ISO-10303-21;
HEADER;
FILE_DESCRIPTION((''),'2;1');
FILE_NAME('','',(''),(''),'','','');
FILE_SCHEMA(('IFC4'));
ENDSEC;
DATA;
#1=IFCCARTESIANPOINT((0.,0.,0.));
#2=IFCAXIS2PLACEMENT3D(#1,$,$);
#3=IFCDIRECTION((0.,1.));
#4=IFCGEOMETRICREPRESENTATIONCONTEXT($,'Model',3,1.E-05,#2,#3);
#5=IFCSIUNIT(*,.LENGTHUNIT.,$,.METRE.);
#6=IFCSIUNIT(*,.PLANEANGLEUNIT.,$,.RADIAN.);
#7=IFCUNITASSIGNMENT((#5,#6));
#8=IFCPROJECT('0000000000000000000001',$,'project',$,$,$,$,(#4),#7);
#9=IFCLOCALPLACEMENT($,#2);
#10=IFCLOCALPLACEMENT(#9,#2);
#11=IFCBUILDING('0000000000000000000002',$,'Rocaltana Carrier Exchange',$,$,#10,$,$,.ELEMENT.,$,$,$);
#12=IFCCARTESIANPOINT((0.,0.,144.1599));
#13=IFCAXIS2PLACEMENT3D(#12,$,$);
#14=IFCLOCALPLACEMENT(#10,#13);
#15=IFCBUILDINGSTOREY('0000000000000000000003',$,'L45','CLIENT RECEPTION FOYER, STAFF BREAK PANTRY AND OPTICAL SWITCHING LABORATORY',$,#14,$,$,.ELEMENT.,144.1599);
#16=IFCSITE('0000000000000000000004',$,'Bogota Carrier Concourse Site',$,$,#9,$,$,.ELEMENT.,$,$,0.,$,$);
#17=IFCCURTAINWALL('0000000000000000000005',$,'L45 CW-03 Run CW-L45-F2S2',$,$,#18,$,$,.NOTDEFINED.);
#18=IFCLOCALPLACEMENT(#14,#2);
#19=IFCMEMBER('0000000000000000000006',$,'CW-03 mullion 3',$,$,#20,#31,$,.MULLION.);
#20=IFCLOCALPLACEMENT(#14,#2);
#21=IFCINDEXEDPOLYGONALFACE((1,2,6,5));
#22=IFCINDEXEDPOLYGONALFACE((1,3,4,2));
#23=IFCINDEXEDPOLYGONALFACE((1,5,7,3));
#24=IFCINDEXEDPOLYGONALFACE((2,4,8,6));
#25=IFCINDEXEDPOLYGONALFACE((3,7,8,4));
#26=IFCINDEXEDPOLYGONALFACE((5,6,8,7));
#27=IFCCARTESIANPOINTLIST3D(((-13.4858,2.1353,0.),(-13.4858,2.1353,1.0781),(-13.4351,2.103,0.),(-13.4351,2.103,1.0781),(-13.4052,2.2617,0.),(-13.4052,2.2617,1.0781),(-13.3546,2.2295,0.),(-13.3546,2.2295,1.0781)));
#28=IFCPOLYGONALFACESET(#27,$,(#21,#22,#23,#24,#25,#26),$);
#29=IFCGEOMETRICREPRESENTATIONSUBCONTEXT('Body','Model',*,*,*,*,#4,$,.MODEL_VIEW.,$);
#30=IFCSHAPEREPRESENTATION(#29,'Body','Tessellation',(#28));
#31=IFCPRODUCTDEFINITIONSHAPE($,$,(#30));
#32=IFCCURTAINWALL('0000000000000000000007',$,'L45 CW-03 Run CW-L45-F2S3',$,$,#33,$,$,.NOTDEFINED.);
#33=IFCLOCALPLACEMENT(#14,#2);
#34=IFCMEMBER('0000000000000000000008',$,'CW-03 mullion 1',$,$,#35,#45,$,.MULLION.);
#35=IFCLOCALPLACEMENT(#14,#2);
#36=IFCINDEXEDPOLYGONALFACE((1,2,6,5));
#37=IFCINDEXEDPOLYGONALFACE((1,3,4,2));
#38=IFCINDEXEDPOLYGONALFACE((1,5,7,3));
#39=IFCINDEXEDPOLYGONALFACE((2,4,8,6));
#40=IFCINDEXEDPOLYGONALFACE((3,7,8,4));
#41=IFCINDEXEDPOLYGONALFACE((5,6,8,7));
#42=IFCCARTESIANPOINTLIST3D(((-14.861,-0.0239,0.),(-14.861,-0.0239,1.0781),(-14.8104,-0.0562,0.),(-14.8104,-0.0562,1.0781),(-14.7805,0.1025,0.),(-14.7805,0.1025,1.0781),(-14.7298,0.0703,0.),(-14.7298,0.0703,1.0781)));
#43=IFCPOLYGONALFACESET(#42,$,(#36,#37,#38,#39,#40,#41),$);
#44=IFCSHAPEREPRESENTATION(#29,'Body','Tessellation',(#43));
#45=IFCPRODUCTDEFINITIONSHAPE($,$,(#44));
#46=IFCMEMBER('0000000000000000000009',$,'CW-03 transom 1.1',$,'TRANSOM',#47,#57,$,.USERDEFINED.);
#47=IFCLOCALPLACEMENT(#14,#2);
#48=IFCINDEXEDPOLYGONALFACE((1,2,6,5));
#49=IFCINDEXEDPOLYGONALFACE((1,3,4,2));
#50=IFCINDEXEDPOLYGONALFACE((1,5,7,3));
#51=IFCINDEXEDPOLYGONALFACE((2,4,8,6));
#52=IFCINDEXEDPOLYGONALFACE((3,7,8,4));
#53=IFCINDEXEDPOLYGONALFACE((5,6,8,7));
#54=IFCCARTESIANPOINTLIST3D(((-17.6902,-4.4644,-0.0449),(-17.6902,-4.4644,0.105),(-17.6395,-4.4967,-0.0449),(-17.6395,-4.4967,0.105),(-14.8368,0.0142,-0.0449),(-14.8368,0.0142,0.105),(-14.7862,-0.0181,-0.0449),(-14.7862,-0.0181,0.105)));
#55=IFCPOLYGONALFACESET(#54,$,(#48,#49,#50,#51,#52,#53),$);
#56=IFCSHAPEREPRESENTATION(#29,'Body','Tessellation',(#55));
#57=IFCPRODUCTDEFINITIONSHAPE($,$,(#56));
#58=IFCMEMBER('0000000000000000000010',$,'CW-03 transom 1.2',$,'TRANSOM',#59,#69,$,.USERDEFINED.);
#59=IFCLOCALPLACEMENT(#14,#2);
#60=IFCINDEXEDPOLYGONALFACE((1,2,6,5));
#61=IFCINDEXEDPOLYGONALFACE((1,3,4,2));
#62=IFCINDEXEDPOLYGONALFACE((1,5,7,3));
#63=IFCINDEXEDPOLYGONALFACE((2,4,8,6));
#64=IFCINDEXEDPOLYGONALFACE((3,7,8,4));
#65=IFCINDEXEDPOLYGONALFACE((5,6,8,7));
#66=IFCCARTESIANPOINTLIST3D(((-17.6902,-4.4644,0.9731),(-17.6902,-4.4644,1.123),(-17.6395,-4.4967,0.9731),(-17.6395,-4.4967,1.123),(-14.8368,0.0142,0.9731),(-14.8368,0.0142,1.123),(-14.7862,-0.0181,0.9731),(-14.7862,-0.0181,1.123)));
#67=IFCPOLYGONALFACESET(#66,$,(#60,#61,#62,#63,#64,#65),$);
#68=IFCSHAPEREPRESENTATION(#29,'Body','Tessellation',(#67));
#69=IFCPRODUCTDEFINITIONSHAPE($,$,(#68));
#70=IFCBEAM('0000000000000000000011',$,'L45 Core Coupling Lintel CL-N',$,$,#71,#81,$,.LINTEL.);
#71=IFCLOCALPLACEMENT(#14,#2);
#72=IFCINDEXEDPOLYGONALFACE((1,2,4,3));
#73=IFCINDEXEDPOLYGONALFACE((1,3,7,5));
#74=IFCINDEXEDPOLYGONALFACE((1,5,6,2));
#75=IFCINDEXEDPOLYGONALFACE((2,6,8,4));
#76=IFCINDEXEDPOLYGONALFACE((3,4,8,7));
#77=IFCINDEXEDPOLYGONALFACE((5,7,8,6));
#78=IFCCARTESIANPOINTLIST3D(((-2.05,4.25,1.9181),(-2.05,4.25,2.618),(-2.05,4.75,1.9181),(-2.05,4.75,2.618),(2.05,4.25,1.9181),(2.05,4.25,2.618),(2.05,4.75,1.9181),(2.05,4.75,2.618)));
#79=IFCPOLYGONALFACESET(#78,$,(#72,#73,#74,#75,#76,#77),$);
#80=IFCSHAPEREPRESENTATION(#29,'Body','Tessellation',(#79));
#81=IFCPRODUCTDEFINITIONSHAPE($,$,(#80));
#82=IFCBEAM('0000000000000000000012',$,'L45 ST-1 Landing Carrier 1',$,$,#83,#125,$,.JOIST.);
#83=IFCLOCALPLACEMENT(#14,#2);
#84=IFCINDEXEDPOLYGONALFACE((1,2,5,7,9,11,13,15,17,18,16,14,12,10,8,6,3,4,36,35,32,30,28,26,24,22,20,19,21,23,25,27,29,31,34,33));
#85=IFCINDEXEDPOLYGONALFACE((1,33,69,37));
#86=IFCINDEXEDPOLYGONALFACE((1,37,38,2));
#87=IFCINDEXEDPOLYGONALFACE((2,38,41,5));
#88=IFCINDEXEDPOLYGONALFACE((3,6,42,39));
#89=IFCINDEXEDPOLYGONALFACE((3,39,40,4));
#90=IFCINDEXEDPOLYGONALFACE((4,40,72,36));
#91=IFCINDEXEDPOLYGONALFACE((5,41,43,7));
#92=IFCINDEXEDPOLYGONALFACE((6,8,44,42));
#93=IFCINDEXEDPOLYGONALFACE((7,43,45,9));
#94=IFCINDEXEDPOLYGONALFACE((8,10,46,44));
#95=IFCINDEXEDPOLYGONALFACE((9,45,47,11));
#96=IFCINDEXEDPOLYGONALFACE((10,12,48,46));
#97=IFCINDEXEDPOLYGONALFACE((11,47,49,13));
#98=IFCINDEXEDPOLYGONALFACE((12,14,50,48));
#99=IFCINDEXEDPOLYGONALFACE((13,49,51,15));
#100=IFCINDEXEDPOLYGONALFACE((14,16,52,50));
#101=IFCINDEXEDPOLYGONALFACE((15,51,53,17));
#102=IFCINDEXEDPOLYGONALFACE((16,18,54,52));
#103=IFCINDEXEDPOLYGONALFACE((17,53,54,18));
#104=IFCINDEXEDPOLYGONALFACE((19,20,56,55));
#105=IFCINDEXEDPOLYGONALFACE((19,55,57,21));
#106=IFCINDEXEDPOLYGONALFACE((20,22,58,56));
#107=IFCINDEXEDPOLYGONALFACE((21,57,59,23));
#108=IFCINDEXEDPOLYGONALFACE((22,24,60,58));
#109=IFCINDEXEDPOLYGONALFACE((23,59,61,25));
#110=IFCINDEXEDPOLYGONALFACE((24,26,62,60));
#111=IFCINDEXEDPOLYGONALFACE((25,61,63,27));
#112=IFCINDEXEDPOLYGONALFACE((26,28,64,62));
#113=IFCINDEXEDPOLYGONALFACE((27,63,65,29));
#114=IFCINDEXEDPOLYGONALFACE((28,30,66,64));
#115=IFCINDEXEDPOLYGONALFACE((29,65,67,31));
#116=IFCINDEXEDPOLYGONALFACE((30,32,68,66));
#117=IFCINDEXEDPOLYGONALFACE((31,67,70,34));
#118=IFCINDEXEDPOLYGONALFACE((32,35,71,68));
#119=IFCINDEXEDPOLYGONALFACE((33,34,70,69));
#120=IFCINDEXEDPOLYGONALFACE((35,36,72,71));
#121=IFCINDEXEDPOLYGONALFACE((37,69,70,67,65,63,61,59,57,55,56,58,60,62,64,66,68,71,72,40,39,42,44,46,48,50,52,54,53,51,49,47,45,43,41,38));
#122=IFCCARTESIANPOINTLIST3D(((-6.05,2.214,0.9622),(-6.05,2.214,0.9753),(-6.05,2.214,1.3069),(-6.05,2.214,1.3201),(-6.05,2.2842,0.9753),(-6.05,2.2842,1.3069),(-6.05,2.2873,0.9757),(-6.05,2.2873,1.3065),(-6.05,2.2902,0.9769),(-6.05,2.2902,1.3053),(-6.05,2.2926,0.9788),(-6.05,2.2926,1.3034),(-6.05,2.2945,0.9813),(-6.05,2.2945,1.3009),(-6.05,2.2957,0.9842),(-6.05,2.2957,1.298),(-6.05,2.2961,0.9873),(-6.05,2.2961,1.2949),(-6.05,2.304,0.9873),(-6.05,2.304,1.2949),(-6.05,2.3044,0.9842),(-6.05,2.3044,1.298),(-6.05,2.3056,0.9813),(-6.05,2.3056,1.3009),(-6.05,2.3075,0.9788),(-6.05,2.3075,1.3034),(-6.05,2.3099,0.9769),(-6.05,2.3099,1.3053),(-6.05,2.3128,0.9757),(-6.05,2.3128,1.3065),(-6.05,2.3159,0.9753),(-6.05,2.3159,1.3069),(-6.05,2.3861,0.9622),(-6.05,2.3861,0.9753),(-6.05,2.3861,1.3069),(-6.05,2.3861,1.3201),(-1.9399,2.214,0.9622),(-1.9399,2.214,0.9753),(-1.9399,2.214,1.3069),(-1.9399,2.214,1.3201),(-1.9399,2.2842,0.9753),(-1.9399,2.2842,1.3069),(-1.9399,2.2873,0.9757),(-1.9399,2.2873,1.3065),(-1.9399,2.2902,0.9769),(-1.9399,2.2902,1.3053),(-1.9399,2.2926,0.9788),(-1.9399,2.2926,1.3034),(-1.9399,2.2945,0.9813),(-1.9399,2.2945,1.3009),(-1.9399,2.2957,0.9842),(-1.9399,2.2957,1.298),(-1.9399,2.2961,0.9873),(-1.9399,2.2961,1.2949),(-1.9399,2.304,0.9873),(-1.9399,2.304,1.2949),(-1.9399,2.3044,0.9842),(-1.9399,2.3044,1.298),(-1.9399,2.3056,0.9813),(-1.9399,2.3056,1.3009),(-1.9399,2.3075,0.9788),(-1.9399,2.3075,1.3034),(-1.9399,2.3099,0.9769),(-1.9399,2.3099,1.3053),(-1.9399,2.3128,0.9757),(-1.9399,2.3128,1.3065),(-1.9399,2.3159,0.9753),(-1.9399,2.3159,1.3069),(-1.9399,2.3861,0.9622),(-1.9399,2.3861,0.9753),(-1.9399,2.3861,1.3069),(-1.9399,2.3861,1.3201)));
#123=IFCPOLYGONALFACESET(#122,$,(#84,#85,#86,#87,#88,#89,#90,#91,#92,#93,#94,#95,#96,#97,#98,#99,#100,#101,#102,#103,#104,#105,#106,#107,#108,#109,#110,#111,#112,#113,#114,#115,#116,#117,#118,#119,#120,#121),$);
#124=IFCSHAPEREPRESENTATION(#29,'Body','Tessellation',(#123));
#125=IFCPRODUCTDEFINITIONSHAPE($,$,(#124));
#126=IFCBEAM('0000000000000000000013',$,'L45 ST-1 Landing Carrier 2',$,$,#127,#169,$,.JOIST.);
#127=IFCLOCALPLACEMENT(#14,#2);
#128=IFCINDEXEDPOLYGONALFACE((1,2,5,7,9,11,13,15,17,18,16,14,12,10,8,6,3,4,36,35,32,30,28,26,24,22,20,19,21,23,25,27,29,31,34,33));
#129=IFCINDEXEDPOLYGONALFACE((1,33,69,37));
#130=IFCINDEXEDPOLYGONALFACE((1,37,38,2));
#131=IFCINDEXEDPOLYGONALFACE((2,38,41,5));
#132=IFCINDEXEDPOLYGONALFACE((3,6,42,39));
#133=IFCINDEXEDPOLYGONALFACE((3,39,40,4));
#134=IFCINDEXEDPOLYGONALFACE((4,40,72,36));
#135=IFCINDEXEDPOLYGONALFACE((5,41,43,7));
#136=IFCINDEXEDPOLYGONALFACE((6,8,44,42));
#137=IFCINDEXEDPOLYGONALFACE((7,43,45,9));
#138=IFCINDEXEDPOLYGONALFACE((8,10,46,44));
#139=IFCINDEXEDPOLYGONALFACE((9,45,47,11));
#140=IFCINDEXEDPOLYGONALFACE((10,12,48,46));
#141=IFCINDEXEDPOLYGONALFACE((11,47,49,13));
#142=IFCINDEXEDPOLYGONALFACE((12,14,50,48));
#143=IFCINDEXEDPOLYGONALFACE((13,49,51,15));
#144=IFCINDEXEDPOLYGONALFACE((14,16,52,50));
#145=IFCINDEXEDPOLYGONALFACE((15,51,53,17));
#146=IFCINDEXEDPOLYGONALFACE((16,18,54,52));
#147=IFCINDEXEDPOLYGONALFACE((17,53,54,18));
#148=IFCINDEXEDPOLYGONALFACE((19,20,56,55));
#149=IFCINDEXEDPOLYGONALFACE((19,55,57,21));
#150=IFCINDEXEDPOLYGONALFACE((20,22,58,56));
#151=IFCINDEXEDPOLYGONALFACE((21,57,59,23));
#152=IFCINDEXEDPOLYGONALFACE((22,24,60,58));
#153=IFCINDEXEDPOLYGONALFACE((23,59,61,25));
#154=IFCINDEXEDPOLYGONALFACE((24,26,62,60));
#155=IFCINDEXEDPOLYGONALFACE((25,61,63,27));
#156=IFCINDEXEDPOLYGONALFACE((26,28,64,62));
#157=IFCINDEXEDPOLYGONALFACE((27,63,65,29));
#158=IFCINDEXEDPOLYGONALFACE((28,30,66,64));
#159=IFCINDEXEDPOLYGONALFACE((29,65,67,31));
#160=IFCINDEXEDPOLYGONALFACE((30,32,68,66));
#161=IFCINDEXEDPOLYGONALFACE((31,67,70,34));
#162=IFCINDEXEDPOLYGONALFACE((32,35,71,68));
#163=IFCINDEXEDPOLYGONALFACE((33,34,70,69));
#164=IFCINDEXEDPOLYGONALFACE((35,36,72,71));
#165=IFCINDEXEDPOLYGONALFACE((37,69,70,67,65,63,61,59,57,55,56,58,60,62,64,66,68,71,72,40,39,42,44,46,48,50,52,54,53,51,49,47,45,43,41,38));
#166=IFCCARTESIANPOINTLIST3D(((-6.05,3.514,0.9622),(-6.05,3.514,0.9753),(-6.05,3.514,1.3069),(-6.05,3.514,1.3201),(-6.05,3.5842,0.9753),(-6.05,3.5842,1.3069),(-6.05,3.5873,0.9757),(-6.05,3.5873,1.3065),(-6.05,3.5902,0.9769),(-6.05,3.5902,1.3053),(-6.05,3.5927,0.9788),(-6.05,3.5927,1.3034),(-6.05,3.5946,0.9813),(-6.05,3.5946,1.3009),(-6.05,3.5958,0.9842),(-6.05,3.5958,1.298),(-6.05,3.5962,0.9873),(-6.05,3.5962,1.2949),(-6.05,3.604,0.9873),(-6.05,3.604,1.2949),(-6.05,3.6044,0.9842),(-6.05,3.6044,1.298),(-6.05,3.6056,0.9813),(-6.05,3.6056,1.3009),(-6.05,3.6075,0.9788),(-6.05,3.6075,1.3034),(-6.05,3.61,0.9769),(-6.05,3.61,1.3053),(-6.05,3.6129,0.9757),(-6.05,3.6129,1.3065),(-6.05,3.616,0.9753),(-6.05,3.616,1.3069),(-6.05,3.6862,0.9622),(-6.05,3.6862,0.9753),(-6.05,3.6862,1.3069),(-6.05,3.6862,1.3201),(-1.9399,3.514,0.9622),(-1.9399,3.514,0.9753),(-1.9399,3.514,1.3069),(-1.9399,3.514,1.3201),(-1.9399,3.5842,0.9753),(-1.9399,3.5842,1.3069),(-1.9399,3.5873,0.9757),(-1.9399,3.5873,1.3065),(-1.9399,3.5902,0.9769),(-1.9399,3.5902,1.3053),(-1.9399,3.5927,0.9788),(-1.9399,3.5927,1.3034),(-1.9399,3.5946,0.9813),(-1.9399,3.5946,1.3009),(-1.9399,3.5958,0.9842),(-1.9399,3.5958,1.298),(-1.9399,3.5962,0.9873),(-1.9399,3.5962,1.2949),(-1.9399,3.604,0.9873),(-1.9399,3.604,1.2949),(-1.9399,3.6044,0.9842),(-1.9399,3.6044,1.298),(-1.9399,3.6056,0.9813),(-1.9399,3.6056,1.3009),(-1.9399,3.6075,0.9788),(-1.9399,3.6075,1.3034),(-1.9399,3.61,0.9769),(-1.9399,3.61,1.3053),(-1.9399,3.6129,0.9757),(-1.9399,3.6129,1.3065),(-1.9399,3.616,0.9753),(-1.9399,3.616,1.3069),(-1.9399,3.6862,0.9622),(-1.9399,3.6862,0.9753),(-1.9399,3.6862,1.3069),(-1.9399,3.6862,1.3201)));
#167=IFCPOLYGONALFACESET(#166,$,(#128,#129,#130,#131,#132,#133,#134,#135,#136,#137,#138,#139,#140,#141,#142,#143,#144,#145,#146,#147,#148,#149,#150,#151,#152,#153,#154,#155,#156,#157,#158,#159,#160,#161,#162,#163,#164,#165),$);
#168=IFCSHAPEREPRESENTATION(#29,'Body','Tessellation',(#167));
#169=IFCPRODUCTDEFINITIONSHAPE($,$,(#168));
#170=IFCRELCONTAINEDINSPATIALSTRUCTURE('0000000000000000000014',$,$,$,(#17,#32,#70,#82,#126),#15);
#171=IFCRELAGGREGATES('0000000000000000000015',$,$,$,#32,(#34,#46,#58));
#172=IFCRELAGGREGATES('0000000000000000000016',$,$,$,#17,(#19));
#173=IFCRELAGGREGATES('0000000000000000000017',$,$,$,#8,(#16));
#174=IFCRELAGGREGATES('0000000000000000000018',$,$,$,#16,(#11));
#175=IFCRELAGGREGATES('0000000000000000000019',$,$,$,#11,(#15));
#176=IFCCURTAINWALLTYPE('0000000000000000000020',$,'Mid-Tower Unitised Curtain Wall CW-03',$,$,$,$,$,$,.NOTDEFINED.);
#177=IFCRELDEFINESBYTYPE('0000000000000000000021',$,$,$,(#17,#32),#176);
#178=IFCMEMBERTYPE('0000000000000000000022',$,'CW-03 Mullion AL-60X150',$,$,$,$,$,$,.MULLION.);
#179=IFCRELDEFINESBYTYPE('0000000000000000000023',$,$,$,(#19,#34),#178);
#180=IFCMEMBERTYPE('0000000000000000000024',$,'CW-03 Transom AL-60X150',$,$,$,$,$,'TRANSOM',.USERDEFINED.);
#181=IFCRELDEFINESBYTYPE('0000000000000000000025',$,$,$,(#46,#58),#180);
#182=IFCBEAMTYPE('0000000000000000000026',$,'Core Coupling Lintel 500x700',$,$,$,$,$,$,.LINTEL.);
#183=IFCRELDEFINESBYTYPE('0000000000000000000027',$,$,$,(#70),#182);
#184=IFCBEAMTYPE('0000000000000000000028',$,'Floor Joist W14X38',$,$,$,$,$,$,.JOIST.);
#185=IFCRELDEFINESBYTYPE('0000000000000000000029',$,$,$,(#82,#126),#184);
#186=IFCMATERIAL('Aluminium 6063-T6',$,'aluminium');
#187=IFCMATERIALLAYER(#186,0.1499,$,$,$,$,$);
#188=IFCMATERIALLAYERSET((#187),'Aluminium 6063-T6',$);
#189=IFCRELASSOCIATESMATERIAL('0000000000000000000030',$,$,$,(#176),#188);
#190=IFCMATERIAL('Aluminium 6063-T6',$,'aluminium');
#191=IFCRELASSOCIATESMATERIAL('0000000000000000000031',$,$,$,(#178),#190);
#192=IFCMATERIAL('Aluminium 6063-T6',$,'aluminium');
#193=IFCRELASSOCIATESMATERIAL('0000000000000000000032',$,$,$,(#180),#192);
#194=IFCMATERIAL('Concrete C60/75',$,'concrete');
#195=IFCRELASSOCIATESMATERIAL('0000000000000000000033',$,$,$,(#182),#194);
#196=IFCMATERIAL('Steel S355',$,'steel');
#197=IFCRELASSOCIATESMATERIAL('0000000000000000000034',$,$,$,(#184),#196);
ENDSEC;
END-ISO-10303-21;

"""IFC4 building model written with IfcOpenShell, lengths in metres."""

from ifc_helpers import new_model, si_unit, direction, frame, origin, origin_2d, place, context, subcontext, project, spatial, rectangle, i_section, extrude, material, layer, layer_set, material_profile, profile_set, type_object, element, aggregate, save


model = new_model("IFC4")

# Units and contexts
model_context = context("Model", 3, precision=1e-05, world=origin(), true_north=direction((0.0, 1.0)))
body_context = subcontext(model_context, "Body", "Model", "MODEL_VIEW")
ifc_project = project(units=[si_unit("LENGTHUNIT", "METRE"), si_unit("PLANEANGLEUNIT", "RADIAN")], contexts=[model_context])

# Site, building, storey
site_placement = place(None, origin())
site = spatial("IfcSite", under=ifc_project, at=site_placement, Name="Bogota Carrier Concourse Site", CompositionType="ELEMENT", RefElevation=0.0)
building_placement = place(site_placement, origin())
building = spatial("IfcBuilding", under=site, at=building_placement, Name="Rocaltana Carrier Exchange", CompositionType="ELEMENT")
storey_placement = place(building_placement, frame((0.0, 0.0, 144.1599)))
storey = spatial("IfcBuildingStorey", under=building, at=storey_placement, Name="L45", Description="CLIENT RECEPTION FOYER, STAFF BREAK PANTRY AND OPTICAL SWITCHING LABORATORY", CompositionType="ELEMENT", Elevation=144.1599)

# Curtain wall, member
ifc_material_1 = material(Name="Aluminium 6063-T6", Category="aluminium")
ifc_layer_1 = layer(ifc_material_1, 0.1499)
ifc_layer_set_1 = layer_set([ifc_layer_1], Name="Aluminium 6063-T6")
curtain_wall_type = type_object("IfcCurtainWallType", Name="Mid-Tower Unitised Curtain Wall CW-03", PredefinedType="NOTDEFINED", material=ifc_layer_set_1)
curtain_wall_1_placement = place(storey_placement, origin())
curtain_wall_1 = element("IfcCurtainWall", 1, at=curtain_wall_1_placement, inside=storey, type_object=curtain_wall_type, Name="L45 CW-03 Run CW-L45-F2S2", PredefinedType="NOTDEFINED")
ifc_material_2 = material(Name="Aluminium 6063-T6", Category="aluminium")
ifc_material_profile_1 = material_profile(ifc_material_2, rectangle(XDim=0.0601, YDim=0.1499, at=origin_2d()), Name="AL-60X150")
ifc_profile_set_1 = profile_set([ifc_material_profile_1], Name="Aluminium 6063-T6")
member_type_1 = type_object("IfcMemberType", Name="CW-03 Mullion AL-60X150", PredefinedType="MULLION", material=ifc_profile_set_1)
member_1_placement = place(storey_placement, frame((-13.4202, 2.1824, 0.0), z_axis=(0.0, 0.0, 1.0), x_axis=(0.843391, -0.537301, 0.0)))
member_1 = element("IfcMember", 2, at=member_1_placement, type_object=member_type_1, Name="CW-03 mullion 3", PredefinedType="MULLION", context=body_context, shape_type="SweptSolid", body=[
    extrude(rectangle(XDim=0.0601, YDim=0.1499, at=origin_2d()), origin(), (0.0, 0.0, 1.0), 1.0781),
])

# Curtain wall, members
curtain_wall_2_placement = place(storey_placement, origin())
curtain_wall_2 = element("IfcCurtainWall", 3, at=curtain_wall_2_placement, inside=storey, type_object=curtain_wall_type, Name="L45 CW-03 Run CW-L45-F2S3", PredefinedType="NOTDEFINED")
member_2_placement = place(storey_placement, frame((-14.7954, 0.0232, 0.0), z_axis=(0.0, 0.0, 1.0), x_axis=(0.843391, -0.537301, 0.0)))
member_2 = element("IfcMember", 4, at=member_2_placement, type_object=member_type_1, Name="CW-03 mullion 1", PredefinedType="MULLION", context=body_context, shape_type="SweptSolid", body=[
    extrude(rectangle(XDim=0.0601, YDim=0.1499, at=origin_2d()), origin(), (0.0, 0.0, 1.0), 1.0781),
])
ifc_material_3 = material(Name="Aluminium 6063-T6", Category="aluminium")
ifc_material_profile_2 = material_profile(ifc_material_3, rectangle(XDim=0.0601, YDim=0.1499, at=origin_2d()), Name="AL-60X150")
ifc_profile_set_2 = profile_set([ifc_material_profile_2], Name="Aluminium 6063-T6")
member_type_2 = type_object("IfcMemberType", Name="CW-03 Transom AL-60X150", ElementType="TRANSOM", PredefinedType="USERDEFINED", material=ifc_profile_set_2)
member_3_placement = place(storey_placement, frame((-14.8115, -0.002, 0.03), z_axis=(-0.537319, -0.843379, 0.0), x_axis=(0.843379, -0.537319, 0.0)))
member_3 = element("IfcMember", 5, at=member_3_placement, type_object=member_type_2, Name="CW-03 transom 1.1", ObjectType="TRANSOM", PredefinedType="USERDEFINED", context=body_context, shape_type="SweptSolid", body=[
    extrude(rectangle(XDim=0.0601, YDim=0.1499, at=origin_2d()), origin(), (0.0, 0.0, 1.0), 5.3103),
])
member_4_placement = place(storey_placement, frame((-14.8115, -0.002, 1.0481), z_axis=(-0.537319, -0.843379, 0.0), x_axis=(0.843379, -0.537319, 0.0)))
member_4 = element("IfcMember", 6, at=member_4_placement, type_object=member_type_2, Name="CW-03 transom 1.2", ObjectType="TRANSOM", PredefinedType="USERDEFINED", context=body_context, shape_type="SweptSolid", body=[
    extrude(rectangle(XDim=0.0601, YDim=0.1499, at=origin_2d()), origin(), (0.0, 0.0, 1.0), 5.3103),
])
aggregate(curtain_wall_2, [member_2, member_3, member_4])

# Beams
ifc_material_4 = material(Name="Concrete C60/75", Category="concrete")
ifc_material_profile_3 = material_profile(ifc_material_4, rectangle(XDim=0.5, YDim=0.7, at=origin_2d()), Name="RC-BM-500X700")
ifc_profile_set_3 = profile_set([ifc_material_profile_3], Name="Concrete C60/75")
beam_type_1 = type_object("IfcBeamType", Name="Core Coupling Lintel 500x700", PredefinedType="LINTEL", material=ifc_profile_set_3)
beam_1_placement = place(storey_placement, frame((-2.05, 4.5, 2.2681), z_axis=(1.0, 0.0, 0.0), x_axis=(0.0, 1.0, 0.0)))
element("IfcBeam", 7, at=beam_1_placement, inside=storey, type_object=beam_type_1, Name="L45 Core Coupling Lintel CL-N", PredefinedType="LINTEL", context=body_context, shape_type="SweptSolid", body=[
    extrude(rectangle(XDim=0.5, YDim=0.7, at=origin_2d()), origin(), (0.0, 0.0, 1.0), 4.1001),
])
ifc_material_5 = material(Name="Steel S355", Category="steel")
ifc_material_profile_4 = material_profile(ifc_material_5, i_section(OverallWidth=0.1721, OverallDepth=0.3579, WebThickness=0.0078, FlangeThickness=0.0132, FilletRadius=0.012, at=origin_2d()), Name="W14X38")
ifc_profile_set_4 = profile_set([ifc_material_profile_4], Name="Steel S355")
beam_type_2 = type_object("IfcBeamType", Name="Floor Joist W14X38", PredefinedType="JOIST", material=ifc_profile_set_4)
for number, where, z_axis, x_axis, name in (
    (8, (-6.05, 2.3, 1.1411), (1.0, 0.0, 0.0), (0.0, 1.0, 0.0), "L45 ST-1 Landing Carrier 1"),
    (9, (-6.05, 3.6001, 1.1411), (1.0, 0.0, 0.0), (0.0, 1.0, 0.0), "L45 ST-1 Landing Carrier 2"),
):
    element("IfcBeam", number, at=place(storey_placement, frame(where, z_axis=z_axis, x_axis=x_axis)), inside=storey, type_object=beam_type_2, Name=name, PredefinedType="JOIST", context=body_context, shape_type="SweptSolid", body=[
        extrude(i_section(OverallWidth=0.1721, OverallDepth=0.3579, WebThickness=0.0078, FlangeThickness=0.0132, FilletRadius=0.012, at=origin_2d()), origin(), (0.0, 0.0, 1.0), 4.1101),
    ])

aggregate(curtain_wall_1, [member_1])

save(model, "model.ifc")
